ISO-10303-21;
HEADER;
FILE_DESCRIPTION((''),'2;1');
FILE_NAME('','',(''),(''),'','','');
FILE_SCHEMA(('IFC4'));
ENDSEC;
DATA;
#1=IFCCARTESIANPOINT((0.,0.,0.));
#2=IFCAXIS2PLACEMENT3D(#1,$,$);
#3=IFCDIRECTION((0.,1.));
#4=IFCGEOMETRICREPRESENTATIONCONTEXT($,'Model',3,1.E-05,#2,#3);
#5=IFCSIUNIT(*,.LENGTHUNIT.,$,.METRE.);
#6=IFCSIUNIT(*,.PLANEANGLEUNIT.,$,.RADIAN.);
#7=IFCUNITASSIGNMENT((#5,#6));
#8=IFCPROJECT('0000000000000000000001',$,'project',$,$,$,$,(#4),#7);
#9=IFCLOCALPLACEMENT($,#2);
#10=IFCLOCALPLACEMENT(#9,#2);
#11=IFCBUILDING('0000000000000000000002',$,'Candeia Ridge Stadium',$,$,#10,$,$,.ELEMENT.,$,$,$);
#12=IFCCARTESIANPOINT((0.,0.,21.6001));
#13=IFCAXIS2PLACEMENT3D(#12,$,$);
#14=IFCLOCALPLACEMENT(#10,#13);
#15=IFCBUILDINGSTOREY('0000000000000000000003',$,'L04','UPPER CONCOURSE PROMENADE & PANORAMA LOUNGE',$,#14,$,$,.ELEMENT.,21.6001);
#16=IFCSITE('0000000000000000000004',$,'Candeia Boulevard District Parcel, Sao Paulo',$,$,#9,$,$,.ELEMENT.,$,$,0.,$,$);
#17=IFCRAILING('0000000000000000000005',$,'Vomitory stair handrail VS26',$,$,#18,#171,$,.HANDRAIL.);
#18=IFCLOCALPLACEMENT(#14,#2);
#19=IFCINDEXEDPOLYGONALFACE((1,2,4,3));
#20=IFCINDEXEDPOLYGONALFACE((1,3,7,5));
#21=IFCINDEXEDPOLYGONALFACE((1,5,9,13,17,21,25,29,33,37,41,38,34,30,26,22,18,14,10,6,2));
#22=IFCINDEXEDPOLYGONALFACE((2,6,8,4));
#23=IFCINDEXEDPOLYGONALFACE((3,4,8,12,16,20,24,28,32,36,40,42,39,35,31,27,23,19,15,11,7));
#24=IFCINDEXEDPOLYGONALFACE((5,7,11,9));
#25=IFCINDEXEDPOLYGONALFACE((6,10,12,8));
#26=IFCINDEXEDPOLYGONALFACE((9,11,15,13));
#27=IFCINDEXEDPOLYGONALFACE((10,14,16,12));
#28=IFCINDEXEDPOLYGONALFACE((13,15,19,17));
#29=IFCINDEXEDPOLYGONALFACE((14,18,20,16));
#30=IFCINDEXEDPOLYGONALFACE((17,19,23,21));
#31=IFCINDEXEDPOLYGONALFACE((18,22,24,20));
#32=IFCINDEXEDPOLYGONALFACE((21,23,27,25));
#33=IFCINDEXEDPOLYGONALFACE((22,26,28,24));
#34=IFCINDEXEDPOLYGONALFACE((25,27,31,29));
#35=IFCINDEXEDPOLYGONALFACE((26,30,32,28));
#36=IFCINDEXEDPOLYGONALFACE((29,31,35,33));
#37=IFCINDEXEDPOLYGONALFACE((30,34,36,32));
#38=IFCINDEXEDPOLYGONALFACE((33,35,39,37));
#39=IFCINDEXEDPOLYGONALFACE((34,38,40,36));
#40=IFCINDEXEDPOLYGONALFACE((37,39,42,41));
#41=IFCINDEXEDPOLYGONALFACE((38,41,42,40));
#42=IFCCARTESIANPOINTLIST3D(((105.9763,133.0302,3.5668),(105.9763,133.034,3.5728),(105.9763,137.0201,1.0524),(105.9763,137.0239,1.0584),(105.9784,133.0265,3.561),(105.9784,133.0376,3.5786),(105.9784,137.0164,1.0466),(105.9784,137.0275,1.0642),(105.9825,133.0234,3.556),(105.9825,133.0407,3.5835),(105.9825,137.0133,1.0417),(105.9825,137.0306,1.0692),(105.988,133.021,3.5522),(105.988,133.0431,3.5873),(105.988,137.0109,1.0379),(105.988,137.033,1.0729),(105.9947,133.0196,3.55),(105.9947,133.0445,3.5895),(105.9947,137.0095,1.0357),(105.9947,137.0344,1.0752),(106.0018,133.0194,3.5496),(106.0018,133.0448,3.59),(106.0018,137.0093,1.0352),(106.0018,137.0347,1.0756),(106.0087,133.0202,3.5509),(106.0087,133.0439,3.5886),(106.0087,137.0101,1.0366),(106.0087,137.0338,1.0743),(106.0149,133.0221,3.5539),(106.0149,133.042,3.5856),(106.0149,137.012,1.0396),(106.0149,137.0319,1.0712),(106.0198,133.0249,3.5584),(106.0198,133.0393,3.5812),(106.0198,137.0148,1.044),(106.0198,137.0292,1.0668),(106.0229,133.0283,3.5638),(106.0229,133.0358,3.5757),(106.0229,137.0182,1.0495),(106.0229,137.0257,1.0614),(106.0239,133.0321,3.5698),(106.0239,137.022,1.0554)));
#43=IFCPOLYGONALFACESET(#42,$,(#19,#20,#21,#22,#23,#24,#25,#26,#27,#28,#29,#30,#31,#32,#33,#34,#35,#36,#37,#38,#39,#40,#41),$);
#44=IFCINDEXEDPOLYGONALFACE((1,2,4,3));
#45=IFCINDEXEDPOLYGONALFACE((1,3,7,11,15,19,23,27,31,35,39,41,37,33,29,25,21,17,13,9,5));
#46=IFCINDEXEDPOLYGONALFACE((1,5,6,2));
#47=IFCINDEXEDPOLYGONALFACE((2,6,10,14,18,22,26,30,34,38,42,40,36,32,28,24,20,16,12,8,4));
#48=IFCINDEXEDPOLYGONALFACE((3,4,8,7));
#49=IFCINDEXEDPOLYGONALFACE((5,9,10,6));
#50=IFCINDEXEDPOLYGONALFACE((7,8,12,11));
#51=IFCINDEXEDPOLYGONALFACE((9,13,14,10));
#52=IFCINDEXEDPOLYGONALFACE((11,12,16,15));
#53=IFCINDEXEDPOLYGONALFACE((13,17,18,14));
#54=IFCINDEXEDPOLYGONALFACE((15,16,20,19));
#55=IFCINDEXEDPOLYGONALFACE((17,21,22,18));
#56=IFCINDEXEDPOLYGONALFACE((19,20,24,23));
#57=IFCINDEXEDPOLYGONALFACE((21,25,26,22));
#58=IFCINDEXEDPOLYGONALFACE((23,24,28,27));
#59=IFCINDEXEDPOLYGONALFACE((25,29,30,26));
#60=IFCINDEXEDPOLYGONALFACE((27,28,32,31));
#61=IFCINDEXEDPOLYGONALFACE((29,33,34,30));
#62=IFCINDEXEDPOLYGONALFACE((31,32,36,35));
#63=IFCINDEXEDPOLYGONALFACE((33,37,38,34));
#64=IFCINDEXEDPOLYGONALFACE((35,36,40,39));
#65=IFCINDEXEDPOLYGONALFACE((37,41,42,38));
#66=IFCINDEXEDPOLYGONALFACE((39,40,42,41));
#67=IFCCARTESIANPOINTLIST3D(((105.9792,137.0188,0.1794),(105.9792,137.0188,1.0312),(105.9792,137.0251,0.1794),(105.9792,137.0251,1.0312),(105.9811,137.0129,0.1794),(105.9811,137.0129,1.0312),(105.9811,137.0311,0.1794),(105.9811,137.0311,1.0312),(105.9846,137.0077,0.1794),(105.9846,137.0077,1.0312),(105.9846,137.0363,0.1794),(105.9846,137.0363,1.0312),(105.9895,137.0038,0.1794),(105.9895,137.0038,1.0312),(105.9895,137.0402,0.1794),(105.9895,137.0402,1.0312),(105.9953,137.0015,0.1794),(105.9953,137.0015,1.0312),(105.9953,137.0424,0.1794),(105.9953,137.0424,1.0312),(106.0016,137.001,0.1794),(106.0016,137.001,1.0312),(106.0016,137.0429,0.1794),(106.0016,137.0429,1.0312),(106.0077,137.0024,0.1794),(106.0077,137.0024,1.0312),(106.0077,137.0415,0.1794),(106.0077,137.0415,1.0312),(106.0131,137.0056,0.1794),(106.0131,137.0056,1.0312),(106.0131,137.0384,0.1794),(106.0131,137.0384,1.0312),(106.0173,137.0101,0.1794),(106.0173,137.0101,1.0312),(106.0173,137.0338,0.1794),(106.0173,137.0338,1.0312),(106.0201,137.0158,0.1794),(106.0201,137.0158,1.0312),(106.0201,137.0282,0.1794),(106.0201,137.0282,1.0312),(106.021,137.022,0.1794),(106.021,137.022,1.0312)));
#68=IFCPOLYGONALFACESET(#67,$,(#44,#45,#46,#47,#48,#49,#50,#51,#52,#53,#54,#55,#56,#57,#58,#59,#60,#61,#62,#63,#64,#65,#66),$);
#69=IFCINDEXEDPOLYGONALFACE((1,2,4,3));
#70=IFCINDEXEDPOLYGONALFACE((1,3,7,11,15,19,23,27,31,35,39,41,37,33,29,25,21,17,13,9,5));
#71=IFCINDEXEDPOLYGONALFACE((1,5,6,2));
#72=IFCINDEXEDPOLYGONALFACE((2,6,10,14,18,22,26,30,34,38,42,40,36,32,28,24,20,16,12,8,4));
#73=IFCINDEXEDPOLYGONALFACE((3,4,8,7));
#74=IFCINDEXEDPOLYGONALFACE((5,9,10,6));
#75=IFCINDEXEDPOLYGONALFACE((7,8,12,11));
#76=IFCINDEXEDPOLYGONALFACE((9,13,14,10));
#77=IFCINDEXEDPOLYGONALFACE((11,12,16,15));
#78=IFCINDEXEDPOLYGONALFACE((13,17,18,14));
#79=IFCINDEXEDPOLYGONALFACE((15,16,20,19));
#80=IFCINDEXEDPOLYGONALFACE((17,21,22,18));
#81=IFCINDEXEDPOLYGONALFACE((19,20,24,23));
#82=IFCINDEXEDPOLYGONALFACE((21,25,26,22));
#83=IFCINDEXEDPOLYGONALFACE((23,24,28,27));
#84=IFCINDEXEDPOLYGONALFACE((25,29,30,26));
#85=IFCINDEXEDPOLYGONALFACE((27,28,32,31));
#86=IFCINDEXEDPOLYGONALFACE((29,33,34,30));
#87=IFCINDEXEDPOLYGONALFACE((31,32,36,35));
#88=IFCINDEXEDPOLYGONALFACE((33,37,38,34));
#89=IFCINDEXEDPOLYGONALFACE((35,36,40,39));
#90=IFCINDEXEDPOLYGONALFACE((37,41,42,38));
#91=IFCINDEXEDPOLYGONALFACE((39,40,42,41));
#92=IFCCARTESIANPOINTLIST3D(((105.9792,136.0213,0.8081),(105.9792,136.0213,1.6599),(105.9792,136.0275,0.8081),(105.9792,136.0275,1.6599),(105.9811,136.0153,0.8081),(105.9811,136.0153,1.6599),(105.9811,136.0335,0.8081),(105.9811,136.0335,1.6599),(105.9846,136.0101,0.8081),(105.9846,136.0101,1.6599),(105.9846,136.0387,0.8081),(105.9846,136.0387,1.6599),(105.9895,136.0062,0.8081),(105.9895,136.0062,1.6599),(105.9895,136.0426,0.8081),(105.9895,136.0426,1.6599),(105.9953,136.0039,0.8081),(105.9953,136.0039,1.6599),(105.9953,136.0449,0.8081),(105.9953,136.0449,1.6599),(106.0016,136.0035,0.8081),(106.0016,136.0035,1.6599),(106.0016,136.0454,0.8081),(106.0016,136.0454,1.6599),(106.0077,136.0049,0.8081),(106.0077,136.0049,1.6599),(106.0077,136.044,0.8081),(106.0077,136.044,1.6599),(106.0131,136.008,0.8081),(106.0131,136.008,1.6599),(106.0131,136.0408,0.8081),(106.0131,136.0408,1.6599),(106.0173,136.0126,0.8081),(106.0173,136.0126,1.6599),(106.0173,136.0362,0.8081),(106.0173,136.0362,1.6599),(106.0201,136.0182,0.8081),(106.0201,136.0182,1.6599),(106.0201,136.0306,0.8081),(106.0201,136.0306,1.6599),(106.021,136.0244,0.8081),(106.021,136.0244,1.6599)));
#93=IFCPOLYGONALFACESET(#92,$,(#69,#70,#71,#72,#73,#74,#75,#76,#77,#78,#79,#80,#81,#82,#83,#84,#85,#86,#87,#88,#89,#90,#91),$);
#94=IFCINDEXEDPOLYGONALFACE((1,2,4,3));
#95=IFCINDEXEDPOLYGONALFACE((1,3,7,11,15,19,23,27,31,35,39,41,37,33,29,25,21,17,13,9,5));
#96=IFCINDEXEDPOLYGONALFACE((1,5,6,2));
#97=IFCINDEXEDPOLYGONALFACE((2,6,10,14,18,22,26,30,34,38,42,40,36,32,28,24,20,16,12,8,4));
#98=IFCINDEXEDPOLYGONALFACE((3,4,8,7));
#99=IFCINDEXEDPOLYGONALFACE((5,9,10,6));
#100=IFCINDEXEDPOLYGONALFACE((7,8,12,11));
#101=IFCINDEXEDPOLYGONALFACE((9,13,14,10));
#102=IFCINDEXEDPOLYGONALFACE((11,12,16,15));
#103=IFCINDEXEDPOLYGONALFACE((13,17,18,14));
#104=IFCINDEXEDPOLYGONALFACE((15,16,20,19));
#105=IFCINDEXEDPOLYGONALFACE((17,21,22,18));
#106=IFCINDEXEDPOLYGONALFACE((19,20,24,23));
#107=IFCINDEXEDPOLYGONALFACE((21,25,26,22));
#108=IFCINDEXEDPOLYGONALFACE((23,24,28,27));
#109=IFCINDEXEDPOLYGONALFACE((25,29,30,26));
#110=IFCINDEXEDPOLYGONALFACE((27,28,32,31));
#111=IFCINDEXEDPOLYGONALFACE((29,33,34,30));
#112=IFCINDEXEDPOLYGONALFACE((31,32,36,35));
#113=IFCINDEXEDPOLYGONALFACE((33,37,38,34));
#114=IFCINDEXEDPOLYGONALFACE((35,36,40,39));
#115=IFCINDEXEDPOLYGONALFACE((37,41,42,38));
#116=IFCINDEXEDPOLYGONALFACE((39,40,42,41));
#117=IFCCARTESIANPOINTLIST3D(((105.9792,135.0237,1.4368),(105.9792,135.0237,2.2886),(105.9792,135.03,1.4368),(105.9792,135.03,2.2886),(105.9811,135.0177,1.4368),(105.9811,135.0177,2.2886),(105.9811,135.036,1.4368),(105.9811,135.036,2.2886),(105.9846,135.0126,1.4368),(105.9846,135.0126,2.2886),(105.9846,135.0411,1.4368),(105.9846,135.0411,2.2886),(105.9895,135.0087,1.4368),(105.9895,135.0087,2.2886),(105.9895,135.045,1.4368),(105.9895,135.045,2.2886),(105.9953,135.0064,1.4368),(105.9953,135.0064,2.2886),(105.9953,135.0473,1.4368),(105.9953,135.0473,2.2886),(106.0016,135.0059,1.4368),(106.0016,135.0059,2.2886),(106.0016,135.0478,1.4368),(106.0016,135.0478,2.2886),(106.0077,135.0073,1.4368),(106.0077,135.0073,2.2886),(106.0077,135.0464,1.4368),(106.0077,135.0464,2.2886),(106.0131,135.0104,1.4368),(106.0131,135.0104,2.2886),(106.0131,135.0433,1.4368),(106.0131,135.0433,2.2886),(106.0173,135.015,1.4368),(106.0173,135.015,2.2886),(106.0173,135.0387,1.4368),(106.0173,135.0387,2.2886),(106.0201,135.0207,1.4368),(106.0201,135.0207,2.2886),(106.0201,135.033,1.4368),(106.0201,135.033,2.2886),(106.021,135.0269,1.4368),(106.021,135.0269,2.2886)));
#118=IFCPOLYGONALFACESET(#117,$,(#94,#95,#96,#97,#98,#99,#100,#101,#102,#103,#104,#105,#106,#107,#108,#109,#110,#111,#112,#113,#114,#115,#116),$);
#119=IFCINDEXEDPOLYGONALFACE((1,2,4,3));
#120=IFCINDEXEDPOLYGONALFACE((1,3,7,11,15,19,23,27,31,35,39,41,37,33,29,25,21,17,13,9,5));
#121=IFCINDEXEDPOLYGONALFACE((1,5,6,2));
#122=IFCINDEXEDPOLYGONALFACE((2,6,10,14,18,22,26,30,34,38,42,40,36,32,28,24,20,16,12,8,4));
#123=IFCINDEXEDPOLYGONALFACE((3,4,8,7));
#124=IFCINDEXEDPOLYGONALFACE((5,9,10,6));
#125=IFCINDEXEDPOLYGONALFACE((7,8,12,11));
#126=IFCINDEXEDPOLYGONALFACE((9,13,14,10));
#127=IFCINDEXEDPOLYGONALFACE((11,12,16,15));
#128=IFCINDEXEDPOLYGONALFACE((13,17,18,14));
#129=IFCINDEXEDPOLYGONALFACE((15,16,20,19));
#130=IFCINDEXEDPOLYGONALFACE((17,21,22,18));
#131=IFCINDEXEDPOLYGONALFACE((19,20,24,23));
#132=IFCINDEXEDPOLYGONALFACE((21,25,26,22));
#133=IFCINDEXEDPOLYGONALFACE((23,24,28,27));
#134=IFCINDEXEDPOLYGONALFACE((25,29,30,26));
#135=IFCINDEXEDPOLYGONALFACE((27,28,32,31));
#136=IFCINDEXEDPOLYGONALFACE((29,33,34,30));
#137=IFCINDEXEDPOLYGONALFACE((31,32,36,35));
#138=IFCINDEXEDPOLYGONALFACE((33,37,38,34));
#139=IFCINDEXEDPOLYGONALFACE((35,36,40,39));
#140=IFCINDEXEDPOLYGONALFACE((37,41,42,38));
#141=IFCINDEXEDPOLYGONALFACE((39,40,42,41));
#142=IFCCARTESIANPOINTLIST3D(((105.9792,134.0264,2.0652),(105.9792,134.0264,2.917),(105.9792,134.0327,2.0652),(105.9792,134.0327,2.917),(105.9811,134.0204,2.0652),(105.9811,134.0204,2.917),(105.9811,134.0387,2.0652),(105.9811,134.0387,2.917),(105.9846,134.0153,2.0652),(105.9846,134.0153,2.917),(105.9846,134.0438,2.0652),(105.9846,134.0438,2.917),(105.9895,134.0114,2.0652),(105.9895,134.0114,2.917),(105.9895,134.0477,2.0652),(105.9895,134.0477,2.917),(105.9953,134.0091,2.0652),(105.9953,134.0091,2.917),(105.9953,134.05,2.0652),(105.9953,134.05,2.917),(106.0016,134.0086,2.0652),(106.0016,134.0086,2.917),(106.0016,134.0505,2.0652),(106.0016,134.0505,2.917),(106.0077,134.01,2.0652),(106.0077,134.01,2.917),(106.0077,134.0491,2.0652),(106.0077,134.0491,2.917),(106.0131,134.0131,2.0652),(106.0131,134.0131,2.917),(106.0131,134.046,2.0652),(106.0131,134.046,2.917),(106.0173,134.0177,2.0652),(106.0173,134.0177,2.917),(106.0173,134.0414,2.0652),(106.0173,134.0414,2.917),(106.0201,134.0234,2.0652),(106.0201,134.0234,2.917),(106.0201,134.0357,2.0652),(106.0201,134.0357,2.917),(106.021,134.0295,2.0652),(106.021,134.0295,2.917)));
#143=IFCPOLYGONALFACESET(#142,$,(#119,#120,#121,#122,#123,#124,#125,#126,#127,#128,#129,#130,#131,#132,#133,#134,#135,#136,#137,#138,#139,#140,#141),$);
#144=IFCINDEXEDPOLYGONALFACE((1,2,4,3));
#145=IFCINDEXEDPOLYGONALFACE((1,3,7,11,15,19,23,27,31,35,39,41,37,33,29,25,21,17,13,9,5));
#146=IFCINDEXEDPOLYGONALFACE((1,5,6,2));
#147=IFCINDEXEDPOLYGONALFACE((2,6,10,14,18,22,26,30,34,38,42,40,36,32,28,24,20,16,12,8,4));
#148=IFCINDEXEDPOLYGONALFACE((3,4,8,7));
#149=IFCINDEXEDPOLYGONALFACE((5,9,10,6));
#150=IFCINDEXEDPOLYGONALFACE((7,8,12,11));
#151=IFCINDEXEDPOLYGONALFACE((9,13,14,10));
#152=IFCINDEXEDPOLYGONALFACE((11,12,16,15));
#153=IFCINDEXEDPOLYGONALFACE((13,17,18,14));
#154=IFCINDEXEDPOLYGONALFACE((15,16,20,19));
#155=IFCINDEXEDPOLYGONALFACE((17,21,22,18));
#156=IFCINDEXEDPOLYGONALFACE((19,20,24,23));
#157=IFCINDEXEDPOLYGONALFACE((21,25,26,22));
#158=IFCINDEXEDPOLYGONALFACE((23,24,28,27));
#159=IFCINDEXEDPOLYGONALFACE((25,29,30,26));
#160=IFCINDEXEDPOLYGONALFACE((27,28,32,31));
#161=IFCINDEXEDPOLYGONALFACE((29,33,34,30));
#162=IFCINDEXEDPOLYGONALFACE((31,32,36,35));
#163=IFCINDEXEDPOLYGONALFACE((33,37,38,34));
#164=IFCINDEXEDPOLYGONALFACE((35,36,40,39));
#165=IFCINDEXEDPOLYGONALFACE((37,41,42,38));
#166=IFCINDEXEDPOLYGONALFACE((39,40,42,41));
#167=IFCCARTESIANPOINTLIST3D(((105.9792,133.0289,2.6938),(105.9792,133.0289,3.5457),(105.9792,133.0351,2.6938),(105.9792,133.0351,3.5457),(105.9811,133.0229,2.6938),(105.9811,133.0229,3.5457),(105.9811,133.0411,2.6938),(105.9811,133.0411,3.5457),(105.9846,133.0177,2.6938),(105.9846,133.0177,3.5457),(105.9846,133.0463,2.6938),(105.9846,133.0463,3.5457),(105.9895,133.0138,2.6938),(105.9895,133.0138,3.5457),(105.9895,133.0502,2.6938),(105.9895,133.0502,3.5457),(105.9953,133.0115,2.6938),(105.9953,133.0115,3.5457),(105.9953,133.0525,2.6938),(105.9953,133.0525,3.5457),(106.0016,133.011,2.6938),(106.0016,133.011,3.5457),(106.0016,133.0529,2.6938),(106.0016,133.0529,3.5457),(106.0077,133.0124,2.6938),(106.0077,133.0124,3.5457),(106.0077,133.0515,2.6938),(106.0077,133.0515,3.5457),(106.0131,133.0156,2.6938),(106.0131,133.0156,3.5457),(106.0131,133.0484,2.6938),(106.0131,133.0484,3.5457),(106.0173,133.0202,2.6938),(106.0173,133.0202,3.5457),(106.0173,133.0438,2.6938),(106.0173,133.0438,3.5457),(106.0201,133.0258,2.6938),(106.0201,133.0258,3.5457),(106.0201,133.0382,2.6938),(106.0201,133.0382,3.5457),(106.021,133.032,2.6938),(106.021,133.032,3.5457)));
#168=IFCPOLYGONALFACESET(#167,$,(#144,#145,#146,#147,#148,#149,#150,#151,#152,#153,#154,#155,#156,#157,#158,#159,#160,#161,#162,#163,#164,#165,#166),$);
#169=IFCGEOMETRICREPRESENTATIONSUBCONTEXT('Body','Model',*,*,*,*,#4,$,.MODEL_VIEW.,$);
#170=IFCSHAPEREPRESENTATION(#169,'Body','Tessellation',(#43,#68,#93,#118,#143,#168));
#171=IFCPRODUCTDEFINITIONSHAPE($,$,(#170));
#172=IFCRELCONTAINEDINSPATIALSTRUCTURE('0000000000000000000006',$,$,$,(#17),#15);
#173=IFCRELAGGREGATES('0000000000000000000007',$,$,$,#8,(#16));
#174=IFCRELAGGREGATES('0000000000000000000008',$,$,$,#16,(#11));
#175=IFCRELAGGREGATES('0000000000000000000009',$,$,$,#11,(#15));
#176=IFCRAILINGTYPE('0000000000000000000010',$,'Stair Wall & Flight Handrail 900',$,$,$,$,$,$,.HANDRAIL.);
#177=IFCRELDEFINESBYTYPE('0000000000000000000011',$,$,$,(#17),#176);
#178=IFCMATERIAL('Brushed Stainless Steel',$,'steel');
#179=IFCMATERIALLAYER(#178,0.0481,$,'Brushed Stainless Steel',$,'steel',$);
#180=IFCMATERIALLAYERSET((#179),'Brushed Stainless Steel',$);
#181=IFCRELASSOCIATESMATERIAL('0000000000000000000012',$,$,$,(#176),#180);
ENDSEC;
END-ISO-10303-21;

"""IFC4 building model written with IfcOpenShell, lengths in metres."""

from ifc_helpers import new_model, si_unit, direction, frame, origin, origin_2d, place, context, subcontext, project, spatial, circle, extrude, material, layer, layer_set, type_object, element, save


model = new_model("IFC4")

# Units and contexts
model_context = context("Model", 3, precision=1e-05, world=origin(), true_north=direction((0.0, 1.0)))
body_context = subcontext(model_context, "Body", "Model", "MODEL_VIEW")
ifc_project = project(units=[si_unit("LENGTHUNIT", "METRE"), si_unit("PLANEANGLEUNIT", "RADIAN")], contexts=[model_context])

# Site, building, storey
site_placement = place(None, origin())
site = spatial("IfcSite", under=ifc_project, at=site_placement, Name="Candeia Boulevard District Parcel, Sao Paulo", CompositionType="ELEMENT", RefElevation=0.0)
building_placement = place(site_placement, origin())
building = spatial("IfcBuilding", under=site, at=building_placement, Name="Candeia Ridge Stadium", CompositionType="ELEMENT")
storey_placement = place(building_placement, frame((0.0, 0.0, 21.6001)))
storey = spatial("IfcBuildingStorey", under=building, at=storey_placement, Name="L04", Description="UPPER CONCOURSE PROMENADE & PANORAMA LOUNGE", CompositionType="ELEMENT", Elevation=21.6001)

# Shared definitions
ifc_material_1 = material(Name="Brushed Stainless Steel", Category="steel")

# Railing
ifc_layer_1 = layer(ifc_material_1, 0.0481, Name="Brushed Stainless Steel", Category="steel")
ifc_layer_set_1 = layer_set([ifc_layer_1], Name="Brushed Stainless Steel")
railing_type_1 = type_object("IfcRailingType", Name="Stair Wall & Flight Handrail 900", PredefinedType="HANDRAIL", material=ifc_layer_set_1)
railing_1_placement = place(storey_placement, frame((106.0, 137.022, 0.1794)))
element("IfcRailing", 1, at=railing_1_placement, inside=storey, type_object=railing_type_1, Name="Vomitory stair handrail VS26", PredefinedType="HANDRAIL", context=body_context, shape_type="SweptSolid", body=[
    extrude(circle(Radius=0.0239, at=origin_2d()), frame((0.0, 0.0, 0.876), z_axis=(0.0, -0.846024, 0.533145), x_axis=(1.0, 0.0, 0.0)), (0.0, 0.0, 1.0), 4.7161),
    extrude(circle(Radius=0.021, at=origin_2d()), origin(), (0.0, 0.0, 1.0), 0.8518),
    extrude(circle(Radius=0.021, at=origin_2d()), frame((0.0, -0.9976, 0.6287)), (0.0, 0.0, 1.0), 0.8518),
    extrude(circle(Radius=0.021, at=origin_2d()), frame((0.0, -1.9951, 1.2573)), (0.0, 0.0, 1.0), 0.8518),
    extrude(circle(Radius=0.021, at=origin_2d()), frame((0.0, -2.9924, 1.8857)), (0.0, 0.0, 1.0), 0.8518),
    extrude(circle(Radius=0.021, at=origin_2d()), frame((0.0, -3.99, 2.5144)), (0.0, 0.0, 1.0), 0.8518),
])

save(model, "model.ifc")
